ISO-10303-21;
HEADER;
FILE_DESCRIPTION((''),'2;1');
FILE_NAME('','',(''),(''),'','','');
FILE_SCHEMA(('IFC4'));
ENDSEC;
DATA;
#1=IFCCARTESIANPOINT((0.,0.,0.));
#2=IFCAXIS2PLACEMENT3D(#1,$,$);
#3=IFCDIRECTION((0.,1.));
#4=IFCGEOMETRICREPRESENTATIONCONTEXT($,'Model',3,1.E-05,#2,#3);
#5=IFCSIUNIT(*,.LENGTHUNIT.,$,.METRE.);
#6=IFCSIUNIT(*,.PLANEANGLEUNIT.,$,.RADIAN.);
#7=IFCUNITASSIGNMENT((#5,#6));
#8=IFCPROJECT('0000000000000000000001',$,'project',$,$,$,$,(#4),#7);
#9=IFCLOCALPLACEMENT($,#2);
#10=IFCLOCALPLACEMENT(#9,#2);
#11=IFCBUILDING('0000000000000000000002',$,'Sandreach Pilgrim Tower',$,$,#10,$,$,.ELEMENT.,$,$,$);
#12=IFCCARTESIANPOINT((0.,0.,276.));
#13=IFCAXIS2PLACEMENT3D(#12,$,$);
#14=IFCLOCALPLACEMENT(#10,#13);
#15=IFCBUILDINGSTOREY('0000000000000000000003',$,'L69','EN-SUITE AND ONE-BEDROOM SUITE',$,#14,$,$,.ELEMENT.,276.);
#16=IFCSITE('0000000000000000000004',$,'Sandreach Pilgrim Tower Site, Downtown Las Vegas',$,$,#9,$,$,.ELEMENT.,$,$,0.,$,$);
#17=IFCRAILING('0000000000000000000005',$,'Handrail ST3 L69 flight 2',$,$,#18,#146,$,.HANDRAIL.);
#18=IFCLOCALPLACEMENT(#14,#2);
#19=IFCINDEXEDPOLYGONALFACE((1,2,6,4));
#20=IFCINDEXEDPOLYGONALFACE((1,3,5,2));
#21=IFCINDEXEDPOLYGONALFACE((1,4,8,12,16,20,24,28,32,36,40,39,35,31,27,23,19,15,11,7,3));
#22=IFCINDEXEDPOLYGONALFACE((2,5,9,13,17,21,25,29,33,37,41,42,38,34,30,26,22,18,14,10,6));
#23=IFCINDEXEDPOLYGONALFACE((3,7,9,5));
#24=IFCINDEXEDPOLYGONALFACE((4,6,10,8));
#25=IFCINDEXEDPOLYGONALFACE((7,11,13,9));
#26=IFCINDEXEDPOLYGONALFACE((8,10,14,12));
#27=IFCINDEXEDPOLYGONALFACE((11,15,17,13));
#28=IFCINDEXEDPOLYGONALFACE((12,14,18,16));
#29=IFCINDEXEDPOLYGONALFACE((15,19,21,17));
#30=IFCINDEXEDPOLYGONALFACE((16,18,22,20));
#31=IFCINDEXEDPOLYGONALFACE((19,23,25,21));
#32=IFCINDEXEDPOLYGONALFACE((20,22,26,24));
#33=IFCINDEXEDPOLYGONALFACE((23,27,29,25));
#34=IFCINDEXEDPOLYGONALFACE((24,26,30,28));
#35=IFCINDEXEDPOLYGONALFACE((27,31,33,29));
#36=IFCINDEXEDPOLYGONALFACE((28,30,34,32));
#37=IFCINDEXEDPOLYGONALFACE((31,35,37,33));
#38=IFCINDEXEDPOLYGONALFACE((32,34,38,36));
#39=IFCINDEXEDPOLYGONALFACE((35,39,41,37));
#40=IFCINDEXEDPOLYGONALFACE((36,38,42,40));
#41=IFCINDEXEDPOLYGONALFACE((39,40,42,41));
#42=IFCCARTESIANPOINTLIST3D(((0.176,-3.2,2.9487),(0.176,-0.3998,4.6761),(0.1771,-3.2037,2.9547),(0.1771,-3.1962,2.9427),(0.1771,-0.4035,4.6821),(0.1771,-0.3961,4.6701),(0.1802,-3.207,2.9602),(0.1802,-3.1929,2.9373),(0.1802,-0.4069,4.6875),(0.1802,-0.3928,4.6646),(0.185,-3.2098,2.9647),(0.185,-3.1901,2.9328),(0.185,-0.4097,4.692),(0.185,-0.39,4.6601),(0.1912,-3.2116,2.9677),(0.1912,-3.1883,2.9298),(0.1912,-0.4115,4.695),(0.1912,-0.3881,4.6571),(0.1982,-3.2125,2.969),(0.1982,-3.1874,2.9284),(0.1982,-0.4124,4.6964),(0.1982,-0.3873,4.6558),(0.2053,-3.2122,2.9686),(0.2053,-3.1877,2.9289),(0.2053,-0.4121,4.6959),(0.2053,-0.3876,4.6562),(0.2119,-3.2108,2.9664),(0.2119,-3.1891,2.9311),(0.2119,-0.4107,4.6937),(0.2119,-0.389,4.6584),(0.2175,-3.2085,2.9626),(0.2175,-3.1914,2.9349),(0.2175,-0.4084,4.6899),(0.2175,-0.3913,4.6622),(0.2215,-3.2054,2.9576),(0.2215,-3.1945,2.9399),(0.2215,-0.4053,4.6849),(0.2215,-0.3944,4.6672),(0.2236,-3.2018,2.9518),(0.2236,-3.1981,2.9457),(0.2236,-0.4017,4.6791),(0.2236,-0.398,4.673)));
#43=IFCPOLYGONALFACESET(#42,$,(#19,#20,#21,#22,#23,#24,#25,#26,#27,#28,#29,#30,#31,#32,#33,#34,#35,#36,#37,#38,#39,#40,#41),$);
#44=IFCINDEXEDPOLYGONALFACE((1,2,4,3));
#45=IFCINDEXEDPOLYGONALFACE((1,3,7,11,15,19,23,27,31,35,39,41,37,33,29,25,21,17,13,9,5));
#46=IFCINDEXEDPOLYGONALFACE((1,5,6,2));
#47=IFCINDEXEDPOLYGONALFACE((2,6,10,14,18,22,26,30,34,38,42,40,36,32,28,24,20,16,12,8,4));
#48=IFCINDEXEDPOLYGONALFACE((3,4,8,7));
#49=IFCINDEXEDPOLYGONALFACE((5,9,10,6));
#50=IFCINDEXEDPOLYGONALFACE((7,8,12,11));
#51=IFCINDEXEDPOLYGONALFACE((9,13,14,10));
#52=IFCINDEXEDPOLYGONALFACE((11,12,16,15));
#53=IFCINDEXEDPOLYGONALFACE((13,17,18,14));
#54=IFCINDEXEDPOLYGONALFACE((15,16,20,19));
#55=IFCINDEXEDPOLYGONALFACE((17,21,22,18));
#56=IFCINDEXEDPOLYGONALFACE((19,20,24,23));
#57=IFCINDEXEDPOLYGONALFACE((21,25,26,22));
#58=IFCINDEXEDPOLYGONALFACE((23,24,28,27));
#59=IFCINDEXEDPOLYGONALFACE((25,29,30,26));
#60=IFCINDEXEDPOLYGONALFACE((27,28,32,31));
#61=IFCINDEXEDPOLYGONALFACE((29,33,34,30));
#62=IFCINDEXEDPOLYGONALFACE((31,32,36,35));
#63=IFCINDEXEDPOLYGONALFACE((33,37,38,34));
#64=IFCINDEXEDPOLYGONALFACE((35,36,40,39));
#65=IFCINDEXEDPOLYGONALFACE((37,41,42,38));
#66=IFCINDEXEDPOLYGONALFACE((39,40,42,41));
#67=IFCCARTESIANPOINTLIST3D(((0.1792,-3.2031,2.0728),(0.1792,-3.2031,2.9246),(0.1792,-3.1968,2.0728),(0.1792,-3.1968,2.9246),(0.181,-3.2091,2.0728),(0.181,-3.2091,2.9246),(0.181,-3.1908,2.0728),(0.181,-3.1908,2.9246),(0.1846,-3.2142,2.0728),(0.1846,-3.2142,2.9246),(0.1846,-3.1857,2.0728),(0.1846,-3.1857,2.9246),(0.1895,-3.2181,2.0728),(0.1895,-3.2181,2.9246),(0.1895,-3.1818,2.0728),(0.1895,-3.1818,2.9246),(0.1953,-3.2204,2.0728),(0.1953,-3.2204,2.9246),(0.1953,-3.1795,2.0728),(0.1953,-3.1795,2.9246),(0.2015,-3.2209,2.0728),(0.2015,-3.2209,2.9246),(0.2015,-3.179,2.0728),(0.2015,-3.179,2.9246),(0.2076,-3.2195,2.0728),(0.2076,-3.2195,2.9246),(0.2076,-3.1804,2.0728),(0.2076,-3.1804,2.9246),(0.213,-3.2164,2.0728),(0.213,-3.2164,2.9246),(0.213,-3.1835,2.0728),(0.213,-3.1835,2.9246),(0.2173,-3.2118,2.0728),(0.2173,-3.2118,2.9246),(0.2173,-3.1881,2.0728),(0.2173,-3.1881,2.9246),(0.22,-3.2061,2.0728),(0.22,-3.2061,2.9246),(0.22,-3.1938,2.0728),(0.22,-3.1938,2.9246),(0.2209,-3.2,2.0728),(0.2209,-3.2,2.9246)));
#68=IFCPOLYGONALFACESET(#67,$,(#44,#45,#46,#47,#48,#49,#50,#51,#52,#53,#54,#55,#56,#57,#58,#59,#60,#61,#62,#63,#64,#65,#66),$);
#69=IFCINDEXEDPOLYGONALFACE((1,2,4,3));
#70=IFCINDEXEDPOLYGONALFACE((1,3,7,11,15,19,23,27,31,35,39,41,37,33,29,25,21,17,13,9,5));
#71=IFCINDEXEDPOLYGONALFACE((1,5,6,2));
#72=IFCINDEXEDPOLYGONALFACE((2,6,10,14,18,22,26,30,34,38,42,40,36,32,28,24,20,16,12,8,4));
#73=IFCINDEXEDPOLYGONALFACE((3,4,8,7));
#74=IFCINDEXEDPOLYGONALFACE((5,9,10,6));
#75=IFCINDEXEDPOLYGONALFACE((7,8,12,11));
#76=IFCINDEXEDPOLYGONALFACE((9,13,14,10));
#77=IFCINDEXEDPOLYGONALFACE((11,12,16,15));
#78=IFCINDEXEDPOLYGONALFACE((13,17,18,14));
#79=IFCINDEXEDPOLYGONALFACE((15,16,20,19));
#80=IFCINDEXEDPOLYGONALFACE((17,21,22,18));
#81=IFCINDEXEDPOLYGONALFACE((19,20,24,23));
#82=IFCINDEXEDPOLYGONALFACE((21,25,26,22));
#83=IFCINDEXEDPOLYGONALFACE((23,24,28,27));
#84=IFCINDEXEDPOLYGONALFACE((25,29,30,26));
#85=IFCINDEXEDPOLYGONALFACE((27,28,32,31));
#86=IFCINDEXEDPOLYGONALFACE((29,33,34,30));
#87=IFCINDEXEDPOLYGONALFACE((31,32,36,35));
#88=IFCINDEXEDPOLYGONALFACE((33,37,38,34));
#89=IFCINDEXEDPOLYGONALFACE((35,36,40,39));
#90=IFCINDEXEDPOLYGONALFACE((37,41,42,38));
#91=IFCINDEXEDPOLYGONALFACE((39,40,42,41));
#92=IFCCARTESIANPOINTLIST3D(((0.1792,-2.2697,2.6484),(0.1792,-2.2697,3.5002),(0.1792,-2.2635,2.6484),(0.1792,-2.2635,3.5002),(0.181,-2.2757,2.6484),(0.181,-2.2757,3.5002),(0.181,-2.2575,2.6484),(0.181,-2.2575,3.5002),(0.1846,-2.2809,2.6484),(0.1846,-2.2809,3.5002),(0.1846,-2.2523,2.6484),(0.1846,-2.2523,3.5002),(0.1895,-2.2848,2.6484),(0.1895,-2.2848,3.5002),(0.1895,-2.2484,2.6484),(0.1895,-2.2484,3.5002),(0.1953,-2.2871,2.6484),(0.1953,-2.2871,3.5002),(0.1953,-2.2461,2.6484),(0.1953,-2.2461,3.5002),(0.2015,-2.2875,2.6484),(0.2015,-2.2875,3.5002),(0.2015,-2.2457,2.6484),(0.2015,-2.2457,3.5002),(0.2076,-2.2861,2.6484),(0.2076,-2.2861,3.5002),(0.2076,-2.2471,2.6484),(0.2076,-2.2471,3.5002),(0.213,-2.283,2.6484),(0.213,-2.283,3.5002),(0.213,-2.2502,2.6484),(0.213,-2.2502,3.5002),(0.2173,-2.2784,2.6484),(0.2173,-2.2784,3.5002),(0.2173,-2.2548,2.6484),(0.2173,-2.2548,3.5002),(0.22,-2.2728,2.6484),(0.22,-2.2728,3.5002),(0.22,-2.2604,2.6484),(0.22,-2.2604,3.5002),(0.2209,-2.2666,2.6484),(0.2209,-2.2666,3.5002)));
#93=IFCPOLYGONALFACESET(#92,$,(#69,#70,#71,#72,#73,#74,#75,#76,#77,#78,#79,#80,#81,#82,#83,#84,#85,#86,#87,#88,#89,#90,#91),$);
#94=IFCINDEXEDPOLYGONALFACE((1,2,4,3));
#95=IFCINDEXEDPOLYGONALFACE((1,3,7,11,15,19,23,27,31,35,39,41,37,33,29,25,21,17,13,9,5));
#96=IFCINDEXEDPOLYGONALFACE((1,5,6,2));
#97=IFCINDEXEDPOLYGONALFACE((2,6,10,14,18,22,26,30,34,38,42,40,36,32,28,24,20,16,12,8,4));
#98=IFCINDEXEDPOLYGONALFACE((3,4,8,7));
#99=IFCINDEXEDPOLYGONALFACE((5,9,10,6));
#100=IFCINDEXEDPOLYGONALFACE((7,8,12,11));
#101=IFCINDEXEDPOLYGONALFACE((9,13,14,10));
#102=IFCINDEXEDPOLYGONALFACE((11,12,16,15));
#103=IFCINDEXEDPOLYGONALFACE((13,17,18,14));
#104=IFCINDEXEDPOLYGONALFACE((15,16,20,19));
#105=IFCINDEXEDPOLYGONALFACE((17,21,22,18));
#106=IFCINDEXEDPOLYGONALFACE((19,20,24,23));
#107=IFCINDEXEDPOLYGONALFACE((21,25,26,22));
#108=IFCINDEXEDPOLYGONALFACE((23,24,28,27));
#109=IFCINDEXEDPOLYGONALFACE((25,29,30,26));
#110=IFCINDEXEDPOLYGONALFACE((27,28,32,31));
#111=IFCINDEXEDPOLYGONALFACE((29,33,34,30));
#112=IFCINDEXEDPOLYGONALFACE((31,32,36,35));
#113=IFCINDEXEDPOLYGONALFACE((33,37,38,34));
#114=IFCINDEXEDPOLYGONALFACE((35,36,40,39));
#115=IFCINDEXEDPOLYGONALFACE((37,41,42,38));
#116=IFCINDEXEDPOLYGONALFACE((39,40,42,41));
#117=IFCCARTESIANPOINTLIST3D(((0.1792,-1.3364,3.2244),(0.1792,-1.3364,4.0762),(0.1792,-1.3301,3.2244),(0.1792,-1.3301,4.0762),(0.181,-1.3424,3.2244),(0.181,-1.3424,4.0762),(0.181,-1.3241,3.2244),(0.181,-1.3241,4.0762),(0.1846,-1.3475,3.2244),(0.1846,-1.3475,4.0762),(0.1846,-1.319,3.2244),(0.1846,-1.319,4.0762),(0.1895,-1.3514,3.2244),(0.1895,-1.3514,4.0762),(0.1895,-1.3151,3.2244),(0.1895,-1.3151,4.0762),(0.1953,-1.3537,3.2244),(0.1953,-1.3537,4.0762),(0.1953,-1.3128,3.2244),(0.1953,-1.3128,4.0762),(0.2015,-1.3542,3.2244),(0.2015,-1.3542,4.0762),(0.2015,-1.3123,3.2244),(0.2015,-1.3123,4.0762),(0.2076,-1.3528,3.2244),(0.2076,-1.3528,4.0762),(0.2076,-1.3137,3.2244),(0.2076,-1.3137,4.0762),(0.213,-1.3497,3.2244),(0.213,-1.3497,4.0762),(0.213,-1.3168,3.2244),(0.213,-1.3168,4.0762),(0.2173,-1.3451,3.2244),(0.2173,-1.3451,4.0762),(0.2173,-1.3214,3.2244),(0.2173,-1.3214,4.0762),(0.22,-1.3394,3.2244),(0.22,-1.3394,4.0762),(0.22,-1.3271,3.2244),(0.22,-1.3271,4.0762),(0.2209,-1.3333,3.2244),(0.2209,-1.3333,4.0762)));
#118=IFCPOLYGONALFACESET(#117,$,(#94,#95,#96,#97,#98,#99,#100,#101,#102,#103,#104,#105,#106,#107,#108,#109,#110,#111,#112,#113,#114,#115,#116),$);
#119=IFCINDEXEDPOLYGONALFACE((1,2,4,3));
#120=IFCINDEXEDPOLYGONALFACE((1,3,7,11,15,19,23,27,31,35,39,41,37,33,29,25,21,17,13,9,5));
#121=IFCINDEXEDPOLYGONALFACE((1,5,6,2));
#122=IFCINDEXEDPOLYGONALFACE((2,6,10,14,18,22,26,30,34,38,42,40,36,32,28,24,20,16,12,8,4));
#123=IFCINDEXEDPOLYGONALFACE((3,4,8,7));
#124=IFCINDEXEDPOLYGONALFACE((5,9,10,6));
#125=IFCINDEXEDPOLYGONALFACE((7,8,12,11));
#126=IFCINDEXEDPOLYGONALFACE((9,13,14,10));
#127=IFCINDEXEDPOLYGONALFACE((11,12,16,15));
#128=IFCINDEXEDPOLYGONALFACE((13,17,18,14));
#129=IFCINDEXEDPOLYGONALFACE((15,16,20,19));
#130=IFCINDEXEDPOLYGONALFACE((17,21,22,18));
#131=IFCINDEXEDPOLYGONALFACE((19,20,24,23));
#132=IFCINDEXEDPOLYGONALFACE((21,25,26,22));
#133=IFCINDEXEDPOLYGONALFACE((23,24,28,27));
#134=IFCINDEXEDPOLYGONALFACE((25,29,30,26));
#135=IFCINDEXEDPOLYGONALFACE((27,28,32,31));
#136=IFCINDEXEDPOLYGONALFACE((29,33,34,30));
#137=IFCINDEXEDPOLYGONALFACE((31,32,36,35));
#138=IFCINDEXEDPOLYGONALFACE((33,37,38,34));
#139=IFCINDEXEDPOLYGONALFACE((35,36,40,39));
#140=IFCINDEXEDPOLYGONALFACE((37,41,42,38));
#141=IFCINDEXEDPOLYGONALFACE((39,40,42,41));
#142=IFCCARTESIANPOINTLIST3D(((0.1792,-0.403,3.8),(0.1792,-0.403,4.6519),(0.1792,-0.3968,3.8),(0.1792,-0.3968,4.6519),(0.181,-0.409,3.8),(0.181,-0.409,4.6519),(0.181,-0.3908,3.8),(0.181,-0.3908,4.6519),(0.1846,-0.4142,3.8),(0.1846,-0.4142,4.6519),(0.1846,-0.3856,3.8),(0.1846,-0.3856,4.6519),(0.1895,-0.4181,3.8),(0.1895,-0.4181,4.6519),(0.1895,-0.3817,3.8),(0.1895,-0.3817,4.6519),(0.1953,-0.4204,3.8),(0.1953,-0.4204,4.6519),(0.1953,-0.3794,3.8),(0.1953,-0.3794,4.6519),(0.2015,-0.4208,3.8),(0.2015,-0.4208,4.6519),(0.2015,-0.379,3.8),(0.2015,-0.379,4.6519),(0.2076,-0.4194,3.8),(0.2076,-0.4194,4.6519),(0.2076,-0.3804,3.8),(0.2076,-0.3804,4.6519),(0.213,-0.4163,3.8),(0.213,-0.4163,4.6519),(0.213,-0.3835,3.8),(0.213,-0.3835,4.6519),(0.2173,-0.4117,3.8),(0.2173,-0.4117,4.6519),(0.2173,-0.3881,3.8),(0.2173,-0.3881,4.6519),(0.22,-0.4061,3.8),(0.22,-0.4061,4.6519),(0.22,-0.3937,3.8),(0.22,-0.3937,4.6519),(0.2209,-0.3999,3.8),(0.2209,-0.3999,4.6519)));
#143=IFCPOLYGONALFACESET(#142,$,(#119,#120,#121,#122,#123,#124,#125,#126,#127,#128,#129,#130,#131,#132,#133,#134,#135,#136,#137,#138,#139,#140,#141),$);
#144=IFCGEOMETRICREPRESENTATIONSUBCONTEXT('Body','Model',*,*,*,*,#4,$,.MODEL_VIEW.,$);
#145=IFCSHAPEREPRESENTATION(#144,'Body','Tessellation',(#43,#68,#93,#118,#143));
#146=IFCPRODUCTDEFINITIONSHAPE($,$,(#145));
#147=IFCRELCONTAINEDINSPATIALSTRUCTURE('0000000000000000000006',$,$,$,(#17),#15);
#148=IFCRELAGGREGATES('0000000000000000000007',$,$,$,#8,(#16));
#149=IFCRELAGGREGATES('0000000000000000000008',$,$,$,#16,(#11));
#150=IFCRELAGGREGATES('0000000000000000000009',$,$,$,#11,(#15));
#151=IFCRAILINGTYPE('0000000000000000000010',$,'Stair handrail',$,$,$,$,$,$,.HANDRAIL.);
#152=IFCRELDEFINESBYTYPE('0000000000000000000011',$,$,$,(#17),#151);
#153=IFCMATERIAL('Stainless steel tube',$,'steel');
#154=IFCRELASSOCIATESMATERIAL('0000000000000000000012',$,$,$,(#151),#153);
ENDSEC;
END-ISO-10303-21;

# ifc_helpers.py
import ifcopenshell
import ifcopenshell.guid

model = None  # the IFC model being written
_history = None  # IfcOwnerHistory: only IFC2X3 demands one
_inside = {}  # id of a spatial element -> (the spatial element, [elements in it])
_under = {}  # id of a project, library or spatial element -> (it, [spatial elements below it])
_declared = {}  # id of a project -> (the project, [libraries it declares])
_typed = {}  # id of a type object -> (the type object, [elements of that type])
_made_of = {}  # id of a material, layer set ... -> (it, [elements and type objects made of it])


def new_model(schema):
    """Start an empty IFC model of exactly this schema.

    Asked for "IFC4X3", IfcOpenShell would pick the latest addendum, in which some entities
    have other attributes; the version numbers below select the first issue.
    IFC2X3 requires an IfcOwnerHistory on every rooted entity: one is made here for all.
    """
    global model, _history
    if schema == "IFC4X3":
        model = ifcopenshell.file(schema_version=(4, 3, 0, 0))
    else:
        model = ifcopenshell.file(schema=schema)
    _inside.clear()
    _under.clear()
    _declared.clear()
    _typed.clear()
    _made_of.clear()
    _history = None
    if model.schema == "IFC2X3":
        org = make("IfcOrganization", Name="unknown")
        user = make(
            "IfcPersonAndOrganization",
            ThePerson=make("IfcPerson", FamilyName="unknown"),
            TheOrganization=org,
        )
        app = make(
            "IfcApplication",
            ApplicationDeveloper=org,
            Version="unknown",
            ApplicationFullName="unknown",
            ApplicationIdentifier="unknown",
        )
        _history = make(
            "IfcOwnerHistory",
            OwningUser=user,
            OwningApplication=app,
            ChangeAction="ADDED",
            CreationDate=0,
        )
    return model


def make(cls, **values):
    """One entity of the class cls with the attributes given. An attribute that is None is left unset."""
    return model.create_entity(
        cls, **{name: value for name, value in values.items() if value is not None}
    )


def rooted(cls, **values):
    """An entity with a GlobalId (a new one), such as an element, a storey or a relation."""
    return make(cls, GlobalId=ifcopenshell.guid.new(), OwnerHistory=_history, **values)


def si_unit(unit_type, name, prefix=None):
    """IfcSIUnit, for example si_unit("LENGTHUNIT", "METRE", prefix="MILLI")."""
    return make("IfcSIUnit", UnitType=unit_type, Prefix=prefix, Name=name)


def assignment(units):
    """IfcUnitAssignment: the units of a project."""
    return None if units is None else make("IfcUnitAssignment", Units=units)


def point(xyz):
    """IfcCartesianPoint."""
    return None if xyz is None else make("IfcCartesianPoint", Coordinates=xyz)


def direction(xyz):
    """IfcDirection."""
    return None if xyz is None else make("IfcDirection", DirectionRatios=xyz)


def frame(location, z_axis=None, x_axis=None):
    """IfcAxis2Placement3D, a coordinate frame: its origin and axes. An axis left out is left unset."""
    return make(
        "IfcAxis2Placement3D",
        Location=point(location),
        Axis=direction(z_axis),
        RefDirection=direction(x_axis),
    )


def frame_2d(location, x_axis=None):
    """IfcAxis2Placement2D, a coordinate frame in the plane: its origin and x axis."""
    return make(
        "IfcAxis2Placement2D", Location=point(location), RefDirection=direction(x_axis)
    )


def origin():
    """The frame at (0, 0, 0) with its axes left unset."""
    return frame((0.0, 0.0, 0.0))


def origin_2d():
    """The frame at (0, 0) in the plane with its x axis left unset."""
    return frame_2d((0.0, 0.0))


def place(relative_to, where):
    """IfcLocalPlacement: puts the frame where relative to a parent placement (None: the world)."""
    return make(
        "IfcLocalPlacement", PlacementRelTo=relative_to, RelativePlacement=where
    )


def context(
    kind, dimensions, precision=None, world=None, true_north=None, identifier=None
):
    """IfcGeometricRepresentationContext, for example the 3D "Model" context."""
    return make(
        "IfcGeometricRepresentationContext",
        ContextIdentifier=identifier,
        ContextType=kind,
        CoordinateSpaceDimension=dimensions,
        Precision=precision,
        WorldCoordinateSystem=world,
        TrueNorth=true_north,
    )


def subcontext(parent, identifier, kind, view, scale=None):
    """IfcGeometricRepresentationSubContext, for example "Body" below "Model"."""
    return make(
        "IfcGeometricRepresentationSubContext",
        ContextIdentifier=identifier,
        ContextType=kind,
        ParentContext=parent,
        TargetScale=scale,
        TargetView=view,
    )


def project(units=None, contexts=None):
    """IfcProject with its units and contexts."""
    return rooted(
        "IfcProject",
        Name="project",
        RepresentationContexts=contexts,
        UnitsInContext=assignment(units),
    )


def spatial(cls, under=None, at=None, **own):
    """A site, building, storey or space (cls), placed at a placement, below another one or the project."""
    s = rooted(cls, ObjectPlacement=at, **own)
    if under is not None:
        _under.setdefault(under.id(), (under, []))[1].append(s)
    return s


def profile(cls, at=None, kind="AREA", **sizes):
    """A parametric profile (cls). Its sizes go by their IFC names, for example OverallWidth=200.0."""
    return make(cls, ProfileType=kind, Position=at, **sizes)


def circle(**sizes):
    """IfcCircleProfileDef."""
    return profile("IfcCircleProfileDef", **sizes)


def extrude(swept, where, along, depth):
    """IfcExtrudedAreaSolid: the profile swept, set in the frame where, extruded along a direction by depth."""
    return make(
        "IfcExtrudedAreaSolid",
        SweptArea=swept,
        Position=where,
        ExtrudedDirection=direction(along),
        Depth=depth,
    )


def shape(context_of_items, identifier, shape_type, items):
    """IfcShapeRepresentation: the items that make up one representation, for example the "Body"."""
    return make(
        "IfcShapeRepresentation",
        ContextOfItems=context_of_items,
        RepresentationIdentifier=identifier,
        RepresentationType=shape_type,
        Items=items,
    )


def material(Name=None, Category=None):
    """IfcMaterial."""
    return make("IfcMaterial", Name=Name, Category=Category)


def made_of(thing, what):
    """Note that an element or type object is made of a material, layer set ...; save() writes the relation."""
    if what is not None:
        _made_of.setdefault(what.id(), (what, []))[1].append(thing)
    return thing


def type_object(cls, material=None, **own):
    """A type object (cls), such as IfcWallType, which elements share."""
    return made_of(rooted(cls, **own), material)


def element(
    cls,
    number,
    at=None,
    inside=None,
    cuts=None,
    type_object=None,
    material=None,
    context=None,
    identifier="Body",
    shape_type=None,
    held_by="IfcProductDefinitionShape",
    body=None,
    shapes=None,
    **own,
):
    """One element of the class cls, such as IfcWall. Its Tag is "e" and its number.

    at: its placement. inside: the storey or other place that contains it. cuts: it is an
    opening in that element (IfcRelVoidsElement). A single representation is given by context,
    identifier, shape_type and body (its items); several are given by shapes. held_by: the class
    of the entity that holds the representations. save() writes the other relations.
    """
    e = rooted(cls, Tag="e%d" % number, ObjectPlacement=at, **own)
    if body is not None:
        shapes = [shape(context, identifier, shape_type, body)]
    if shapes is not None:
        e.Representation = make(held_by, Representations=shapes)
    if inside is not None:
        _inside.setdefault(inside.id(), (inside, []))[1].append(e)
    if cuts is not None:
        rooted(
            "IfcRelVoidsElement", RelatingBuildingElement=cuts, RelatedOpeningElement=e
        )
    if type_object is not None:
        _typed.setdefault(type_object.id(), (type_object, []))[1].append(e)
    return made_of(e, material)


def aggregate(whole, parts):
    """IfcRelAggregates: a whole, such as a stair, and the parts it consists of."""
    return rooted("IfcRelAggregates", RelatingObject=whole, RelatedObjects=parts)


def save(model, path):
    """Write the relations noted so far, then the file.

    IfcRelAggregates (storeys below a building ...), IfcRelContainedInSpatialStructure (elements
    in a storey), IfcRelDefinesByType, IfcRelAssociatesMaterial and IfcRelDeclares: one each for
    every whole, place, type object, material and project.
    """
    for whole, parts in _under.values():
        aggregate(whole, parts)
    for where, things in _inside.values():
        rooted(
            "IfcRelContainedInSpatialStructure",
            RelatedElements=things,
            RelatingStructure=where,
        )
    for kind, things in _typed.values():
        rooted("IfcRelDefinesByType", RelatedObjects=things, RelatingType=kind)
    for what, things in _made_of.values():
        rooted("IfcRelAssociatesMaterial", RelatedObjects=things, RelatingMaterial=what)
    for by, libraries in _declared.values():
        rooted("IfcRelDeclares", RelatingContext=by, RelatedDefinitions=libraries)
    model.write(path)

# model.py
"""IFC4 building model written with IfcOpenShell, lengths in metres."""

from ifc_helpers import new_model, si_unit, direction, frame, origin, origin_2d, place, context, subcontext, project, spatial, circle, extrude, material, type_object, element, save


model = new_model("IFC4")

# Units and contexts
model_context = context("Model", 3, precision=1e-05, world=origin(), true_north=direction((0.0, 1.0)))
body_context = subcontext(model_context, "Body", "Model", "MODEL_VIEW")
ifc_project = project(units=[si_unit("LENGTHUNIT", "METRE"), si_unit("PLANEANGLEUNIT", "RADIAN")], contexts=[model_context])

# Site, building, storey
site_placement = place(None, origin())
site = spatial("IfcSite", under=ifc_project, at=site_placement, Name="Sandreach Pilgrim Tower Site, Downtown Las Vegas", CompositionType="ELEMENT", RefElevation=0.0)
building_placement = place(site_placement, origin())
building = spatial("IfcBuilding", under=site, at=building_placement, Name="Sandreach Pilgrim Tower", CompositionType="ELEMENT")
storey_placement = place(building_placement, frame((0.0, 0.0, 276.0)))
storey = spatial("IfcBuildingStorey", under=building, at=storey_placement, Name="L69", Description="EN-SUITE AND ONE-BEDROOM SUITE", CompositionType="ELEMENT", Elevation=276.0)

# Railing
ifc_material_1 = material(Name="Stainless steel tube", Category="steel")
railing_type = type_object("IfcRailingType", Name="Stair handrail", PredefinedType="HANDRAIL", material=ifc_material_1)
for number, where, name in (
    (1, (0.2, -3.2, 2.0728), "Handrail ST3 L69 flight 2"),
):
    element("IfcRailing", number, at=place(storey_placement, frame(where)), inside=storey, type_object=railing_type, Name=name, PredefinedType="HANDRAIL", context=body_context, shape_type="SweptSolid", body=[
        extrude(circle(Radius=0.0239, at=origin_2d()), frame((0.0, 0.0, 0.876), z_axis=(0.0, 0.85109, 0.52502), x_axis=(-1.0, 0.0, 0.0)), (0.0, 0.0, 1.0), 3.29),
        extrude(circle(Radius=0.021, at=origin_2d()), origin(), (0.0, 0.0, 1.0), 0.8518),
        extrude(circle(Radius=0.021, at=origin_2d()), frame((0.0, 0.9333, 0.5757)), (0.0, 0.0, 1.0), 0.8518),
        extrude(circle(Radius=0.021, at=origin_2d()), frame((0.0, 1.8667, 1.1516)), (0.0, 0.0, 1.0), 0.8518),
        extrude(circle(Radius=0.021, at=origin_2d()), frame((0.0, 2.8, 1.7273)), (0.0, 0.0, 1.0), 0.8518),
    ])

save(model, "model.ifc")
